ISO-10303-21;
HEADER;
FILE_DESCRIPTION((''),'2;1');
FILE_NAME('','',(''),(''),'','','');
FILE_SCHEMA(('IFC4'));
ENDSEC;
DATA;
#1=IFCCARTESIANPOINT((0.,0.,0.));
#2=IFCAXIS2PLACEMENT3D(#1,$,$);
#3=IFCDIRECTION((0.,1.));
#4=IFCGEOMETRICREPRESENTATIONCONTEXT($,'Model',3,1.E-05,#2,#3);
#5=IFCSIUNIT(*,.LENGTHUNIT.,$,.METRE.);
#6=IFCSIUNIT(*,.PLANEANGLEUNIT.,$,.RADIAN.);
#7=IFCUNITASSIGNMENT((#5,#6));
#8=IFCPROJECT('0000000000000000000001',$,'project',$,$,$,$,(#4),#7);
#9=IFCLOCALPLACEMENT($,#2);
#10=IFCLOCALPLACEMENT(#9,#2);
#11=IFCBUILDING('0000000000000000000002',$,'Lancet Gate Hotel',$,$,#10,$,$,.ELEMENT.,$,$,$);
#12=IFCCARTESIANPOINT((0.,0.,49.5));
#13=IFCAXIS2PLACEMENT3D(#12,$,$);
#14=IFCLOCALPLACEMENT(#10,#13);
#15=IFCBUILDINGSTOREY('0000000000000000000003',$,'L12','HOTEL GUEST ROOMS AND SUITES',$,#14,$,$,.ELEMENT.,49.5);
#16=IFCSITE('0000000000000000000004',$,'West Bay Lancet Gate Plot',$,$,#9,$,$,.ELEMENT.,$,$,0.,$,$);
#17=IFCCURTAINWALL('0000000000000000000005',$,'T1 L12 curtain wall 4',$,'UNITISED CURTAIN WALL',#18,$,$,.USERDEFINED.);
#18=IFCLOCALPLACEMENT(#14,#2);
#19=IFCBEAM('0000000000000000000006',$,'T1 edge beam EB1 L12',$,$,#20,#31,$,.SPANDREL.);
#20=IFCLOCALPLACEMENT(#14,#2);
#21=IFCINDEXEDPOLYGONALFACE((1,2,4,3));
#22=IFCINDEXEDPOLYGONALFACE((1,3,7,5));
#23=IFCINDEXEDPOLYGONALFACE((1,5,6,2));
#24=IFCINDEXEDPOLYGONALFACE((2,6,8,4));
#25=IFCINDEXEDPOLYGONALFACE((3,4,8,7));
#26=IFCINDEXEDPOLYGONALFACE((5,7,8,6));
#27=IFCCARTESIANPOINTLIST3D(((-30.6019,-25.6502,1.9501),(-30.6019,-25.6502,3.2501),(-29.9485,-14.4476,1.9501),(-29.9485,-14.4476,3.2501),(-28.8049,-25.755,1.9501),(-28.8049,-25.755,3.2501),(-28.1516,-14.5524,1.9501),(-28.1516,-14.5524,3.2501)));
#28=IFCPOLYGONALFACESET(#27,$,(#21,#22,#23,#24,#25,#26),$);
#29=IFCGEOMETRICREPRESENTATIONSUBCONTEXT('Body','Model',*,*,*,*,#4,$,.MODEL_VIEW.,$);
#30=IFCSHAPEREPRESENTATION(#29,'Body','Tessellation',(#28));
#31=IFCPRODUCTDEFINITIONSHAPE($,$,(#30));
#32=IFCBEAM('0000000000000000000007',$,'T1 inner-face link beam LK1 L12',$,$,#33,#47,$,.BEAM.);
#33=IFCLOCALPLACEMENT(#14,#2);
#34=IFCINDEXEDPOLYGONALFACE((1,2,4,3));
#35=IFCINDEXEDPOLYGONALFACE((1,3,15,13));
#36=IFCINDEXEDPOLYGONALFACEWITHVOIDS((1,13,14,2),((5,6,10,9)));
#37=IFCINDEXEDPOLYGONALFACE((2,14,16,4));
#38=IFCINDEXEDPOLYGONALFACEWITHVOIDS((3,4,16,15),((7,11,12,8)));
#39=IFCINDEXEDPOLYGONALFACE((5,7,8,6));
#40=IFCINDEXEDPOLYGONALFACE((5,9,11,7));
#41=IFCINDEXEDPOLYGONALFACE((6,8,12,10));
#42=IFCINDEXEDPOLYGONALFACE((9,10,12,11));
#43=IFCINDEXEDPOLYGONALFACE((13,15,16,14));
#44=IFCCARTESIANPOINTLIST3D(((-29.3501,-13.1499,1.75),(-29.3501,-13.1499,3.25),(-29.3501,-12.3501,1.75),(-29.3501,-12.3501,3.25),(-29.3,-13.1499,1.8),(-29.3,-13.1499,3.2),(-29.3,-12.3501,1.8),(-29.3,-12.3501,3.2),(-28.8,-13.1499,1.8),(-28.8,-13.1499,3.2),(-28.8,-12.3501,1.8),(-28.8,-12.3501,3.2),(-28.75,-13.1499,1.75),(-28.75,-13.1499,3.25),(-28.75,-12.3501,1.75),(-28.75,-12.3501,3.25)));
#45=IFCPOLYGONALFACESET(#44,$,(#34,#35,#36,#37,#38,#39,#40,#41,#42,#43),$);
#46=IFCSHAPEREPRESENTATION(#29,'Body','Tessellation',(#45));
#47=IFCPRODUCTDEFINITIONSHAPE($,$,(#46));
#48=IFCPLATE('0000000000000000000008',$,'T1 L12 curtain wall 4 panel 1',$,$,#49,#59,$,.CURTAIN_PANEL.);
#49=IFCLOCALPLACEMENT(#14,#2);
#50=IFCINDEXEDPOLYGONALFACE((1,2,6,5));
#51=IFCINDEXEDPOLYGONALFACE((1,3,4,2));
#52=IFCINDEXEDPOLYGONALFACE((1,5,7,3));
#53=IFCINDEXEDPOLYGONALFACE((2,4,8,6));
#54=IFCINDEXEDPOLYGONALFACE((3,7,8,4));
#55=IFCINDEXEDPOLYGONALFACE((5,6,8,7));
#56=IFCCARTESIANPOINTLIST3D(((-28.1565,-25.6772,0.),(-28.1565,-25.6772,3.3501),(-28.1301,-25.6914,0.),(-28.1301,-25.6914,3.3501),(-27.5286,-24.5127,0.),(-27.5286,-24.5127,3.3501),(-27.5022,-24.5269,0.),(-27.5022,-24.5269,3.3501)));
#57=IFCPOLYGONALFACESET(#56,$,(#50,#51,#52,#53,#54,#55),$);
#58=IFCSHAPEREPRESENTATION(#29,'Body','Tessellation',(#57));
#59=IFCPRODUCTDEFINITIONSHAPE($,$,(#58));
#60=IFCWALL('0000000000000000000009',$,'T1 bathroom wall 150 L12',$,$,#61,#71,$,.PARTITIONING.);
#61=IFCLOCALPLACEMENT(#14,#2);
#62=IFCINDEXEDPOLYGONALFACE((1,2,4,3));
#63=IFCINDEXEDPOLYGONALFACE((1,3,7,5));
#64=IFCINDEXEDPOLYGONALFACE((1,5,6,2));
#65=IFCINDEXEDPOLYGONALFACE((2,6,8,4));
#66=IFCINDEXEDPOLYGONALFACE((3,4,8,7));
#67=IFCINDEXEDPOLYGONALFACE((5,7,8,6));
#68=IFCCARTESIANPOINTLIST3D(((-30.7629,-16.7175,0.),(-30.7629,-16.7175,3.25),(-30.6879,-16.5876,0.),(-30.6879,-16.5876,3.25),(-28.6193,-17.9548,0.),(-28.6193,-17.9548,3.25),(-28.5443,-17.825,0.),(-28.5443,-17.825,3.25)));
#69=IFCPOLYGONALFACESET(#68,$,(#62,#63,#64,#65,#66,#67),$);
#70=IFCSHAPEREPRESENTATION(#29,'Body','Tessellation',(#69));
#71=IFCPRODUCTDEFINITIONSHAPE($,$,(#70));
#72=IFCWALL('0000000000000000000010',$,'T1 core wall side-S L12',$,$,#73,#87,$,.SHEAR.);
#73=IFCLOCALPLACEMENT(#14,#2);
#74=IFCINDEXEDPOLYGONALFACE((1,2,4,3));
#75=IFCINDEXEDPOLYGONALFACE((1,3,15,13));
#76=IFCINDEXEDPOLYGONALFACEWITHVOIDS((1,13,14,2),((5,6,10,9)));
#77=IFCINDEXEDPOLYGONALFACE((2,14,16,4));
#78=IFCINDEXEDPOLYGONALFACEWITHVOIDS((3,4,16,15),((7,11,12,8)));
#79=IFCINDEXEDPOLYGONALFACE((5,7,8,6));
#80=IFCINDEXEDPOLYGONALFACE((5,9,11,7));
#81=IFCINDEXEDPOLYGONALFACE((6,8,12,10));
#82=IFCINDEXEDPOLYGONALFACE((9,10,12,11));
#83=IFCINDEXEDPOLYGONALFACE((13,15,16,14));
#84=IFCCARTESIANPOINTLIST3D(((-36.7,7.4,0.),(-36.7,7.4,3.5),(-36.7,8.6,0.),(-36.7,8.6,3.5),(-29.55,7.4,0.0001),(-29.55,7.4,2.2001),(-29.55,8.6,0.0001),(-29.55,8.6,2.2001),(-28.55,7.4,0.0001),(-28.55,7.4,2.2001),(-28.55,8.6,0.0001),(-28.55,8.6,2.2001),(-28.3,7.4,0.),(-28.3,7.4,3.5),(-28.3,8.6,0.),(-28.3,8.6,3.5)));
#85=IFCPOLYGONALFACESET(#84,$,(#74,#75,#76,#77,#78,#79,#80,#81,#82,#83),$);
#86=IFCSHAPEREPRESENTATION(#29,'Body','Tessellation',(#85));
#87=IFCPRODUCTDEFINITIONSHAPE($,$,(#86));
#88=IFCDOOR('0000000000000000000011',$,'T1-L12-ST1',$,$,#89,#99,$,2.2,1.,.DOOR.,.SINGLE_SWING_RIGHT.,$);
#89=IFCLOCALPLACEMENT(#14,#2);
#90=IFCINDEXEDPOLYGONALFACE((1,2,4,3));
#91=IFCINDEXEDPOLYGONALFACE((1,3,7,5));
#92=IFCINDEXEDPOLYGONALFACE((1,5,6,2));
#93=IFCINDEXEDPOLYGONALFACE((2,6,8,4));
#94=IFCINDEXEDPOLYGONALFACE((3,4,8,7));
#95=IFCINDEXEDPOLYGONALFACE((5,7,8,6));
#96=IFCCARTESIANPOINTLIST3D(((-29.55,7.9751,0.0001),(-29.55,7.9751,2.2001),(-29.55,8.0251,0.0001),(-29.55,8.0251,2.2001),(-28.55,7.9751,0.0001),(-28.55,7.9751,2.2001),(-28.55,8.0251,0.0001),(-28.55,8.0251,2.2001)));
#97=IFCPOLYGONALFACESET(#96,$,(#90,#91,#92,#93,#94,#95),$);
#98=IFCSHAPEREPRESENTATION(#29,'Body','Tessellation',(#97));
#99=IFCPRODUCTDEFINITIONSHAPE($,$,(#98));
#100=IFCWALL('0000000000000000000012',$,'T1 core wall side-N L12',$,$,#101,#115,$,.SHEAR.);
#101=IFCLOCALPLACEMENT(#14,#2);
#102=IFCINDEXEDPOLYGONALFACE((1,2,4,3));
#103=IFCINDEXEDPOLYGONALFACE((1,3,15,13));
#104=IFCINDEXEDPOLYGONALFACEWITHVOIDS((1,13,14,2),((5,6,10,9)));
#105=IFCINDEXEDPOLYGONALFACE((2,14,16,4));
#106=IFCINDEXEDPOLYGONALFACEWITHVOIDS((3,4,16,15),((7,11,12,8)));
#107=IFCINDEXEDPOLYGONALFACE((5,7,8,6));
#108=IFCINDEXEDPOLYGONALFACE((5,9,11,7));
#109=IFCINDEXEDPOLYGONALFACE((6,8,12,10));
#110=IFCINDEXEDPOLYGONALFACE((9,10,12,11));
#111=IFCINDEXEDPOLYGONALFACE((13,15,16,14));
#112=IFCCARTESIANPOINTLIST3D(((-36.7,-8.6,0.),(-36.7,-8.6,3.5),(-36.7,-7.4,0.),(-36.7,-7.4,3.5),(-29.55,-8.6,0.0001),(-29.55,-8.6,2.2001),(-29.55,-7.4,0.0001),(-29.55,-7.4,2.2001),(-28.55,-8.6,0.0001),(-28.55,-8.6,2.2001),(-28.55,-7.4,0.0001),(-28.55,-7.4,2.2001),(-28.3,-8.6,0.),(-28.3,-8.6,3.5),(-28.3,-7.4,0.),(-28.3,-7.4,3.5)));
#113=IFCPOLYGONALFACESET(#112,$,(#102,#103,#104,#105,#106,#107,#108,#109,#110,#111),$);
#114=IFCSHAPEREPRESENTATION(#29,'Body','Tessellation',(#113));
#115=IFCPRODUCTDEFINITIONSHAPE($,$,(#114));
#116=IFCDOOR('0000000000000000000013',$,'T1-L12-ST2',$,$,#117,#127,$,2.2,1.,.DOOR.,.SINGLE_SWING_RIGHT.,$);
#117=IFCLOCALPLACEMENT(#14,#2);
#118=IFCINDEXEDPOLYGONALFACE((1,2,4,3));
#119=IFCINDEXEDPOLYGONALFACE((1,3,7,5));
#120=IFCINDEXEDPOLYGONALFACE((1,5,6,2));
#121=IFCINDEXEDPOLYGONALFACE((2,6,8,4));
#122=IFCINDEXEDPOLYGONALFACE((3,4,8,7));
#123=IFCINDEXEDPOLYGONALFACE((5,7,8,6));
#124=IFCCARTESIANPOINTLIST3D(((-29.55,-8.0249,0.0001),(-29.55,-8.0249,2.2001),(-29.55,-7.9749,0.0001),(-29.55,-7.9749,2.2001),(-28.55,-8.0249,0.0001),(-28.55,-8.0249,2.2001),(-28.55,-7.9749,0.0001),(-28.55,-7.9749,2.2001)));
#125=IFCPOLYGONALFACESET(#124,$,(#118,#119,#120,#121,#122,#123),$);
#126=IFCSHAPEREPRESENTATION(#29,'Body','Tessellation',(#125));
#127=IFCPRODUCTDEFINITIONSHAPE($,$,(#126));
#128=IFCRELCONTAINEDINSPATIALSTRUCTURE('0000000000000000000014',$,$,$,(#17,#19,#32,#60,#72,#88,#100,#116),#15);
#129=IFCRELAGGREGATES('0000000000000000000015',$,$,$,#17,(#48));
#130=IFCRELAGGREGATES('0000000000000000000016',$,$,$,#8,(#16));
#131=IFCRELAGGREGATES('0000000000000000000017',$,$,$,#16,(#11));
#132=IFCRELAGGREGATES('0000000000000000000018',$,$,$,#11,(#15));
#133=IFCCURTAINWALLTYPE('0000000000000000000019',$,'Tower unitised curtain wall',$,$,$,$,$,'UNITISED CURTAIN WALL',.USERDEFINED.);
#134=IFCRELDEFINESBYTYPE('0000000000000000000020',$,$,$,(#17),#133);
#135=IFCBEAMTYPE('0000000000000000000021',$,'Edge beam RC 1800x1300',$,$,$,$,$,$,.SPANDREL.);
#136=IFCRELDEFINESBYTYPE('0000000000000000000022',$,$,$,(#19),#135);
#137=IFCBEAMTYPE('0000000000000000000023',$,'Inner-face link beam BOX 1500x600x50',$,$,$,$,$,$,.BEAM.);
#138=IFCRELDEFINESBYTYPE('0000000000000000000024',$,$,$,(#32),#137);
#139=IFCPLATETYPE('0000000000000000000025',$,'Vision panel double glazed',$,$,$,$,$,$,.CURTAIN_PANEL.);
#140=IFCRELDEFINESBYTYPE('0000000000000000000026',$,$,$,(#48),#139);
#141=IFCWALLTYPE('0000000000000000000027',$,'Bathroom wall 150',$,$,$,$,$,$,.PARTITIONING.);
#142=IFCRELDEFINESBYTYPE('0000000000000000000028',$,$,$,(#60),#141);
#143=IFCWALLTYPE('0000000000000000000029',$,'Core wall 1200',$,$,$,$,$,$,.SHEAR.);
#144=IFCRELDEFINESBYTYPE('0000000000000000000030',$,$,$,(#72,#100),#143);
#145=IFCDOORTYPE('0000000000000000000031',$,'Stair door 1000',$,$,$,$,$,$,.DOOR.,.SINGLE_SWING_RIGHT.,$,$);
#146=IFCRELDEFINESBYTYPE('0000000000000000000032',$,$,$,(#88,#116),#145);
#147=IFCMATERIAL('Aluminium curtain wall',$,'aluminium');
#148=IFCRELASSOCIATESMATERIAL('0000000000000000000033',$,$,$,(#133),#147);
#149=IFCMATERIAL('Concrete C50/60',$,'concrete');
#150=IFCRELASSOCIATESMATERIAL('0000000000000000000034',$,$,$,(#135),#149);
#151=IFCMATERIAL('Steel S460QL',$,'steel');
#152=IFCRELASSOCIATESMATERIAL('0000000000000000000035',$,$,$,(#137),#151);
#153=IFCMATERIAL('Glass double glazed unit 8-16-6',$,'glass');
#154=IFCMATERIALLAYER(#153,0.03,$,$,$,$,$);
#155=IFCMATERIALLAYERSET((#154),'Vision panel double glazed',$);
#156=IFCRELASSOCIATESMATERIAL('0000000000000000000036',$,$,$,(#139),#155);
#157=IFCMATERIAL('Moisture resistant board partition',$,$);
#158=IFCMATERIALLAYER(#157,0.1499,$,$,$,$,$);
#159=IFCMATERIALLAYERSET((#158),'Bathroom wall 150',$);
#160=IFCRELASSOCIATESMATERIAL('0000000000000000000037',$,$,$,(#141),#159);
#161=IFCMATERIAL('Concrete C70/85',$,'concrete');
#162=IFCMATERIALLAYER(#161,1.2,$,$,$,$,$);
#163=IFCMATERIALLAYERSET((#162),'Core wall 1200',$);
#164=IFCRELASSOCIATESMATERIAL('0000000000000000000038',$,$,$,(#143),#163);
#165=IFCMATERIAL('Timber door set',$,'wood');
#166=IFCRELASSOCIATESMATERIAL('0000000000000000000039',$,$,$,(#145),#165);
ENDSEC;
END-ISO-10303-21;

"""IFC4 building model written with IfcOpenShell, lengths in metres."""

from ifc_helpers import new_model, si_unit, direction, frame, frame_2d, origin, origin_2d, place, context, subcontext, project, spatial, rectangle, hollow_rectangle, extrude, material, layer, layer_set, material_profile, profile_set, type_object, element, fill, aggregate, save


model = new_model("IFC4")

# Units and contexts
model_context = context("Model", 3, precision=1e-05, world=origin(), true_north=direction((0.0, 1.0)))
body_context = subcontext(model_context, "Body", "Model", "MODEL_VIEW")
ifc_project = project(units=[si_unit("LENGTHUNIT", "METRE"), si_unit("PLANEANGLEUNIT", "RADIAN")], contexts=[model_context])

# Site, building, storey
site_placement = place(None, origin())
site = spatial("IfcSite", under=ifc_project, at=site_placement, Name="West Bay Lancet Gate Plot", CompositionType="ELEMENT", RefElevation=0.0)
building_placement = place(site_placement, origin())
building = spatial("IfcBuilding", under=site, at=building_placement, Name="Lancet Gate Hotel", CompositionType="ELEMENT")
storey_placement = place(building_placement, frame((0.0, 0.0, 49.5)))
storey = spatial("IfcBuildingStorey", under=building, at=storey_placement, Name="L12", Description="HOTEL GUEST ROOMS AND SUITES", CompositionType="ELEMENT", Elevation=49.5)

# Curtain wall
ifc_material_1 = material(Name="Aluminium curtain wall", Category="aluminium")
curtain_wall_type = type_object("IfcCurtainWallType", Name="Tower unitised curtain wall", ElementType="UNITISED CURTAIN WALL", PredefinedType="USERDEFINED", material=ifc_material_1)
curtain_wall_1_placement = place(storey_placement, origin())
curtain_wall_1 = element("IfcCurtainWall", 1, at=curtain_wall_1_placement, inside=storey, type_object=curtain_wall_type, Name="T1 L12 curtain wall 4", ObjectType="UNITISED CURTAIN WALL", PredefinedType="USERDEFINED")

# Beams
ifc_material_2 = material(Name="Concrete C50/60", Category="concrete")
ifc_material_profile_1 = material_profile(ifc_material_2, rectangle(XDim=1.8, YDim=1.3, at=origin_2d()), Name="RC 1800x1300")
ifc_profile_set_1 = profile_set([ifc_material_profile_1], Name="Concrete C50/60")
beam_type_1 = type_object("IfcBeamType", Name="Edge beam RC 1800x1300", PredefinedType="SPANDREL", material=ifc_profile_set_1)
beam_1_placement = place(storey_placement, frame((-29.05, -14.5, 2.6001), z_axis=(-0.05822, -0.998304, 0.0), x_axis=(0.998304, -0.05822, 0.0)))
element("IfcBeam", 2, at=beam_1_placement, inside=storey, type_object=beam_type_1, Name="T1 edge beam EB1 L12", PredefinedType="SPANDREL", context=body_context, shape_type="SweptSolid", body=[
    extrude(rectangle(XDim=1.8, YDim=1.3, at=origin_2d()), origin(), (0.0, 0.0, 1.0), 11.2217),
])
ifc_material_3 = material(Name="Steel S460QL", Category="steel")
ifc_material_profile_2 = material_profile(ifc_material_3, hollow_rectangle(XDim=0.6001, YDim=1.5, WallThickness=0.05, at=origin_2d()), Name="BOX 1500x600x50")
ifc_profile_set_2 = profile_set([ifc_material_profile_2], Name="Steel S460QL")
beam_type_2 = type_object("IfcBeamType", Name="Inner-face link beam BOX 1500x600x50", PredefinedType="BEAM", material=ifc_profile_set_2)
beam_2_placement = place(storey_placement, frame((-29.05, -12.3501, 2.5), z_axis=(0.0, -1.0, 0.0), x_axis=(1.0, 0.0, 0.0)))
element("IfcBeam", 3, at=beam_2_placement, inside=storey, type_object=beam_type_2, Name="T1 inner-face link beam LK1 L12", PredefinedType="BEAM", context=body_context, shape_type="SweptSolid", body=[
    extrude(hollow_rectangle(XDim=0.6001, YDim=1.5, WallThickness=0.05, at=origin_2d()), origin(), (0.0, 0.0, 1.0), 0.7998),
])

# Plate
ifc_material_4 = material(Name="Glass double glazed unit 8-16-6", Category="glass")
ifc_layer_1 = layer(ifc_material_4, 0.03)
ifc_layer_set_1 = layer_set([ifc_layer_1], Name="Vision panel double glazed")
plate_type = type_object("IfcPlateType", Name="Vision panel double glazed", PredefinedType="CURTAIN_PANEL", material=ifc_layer_set_1)
plate_placement = place(storey_placement, frame((-27.8293, -25.1021, 0.0), z_axis=(0.0, 0.0, 1.0), x_axis=(0.474631, 0.880185, 0.0)))
plate = element("IfcPlate", 4, at=plate_placement, type_object=plate_type, Name="T1 L12 curtain wall 4 panel 1", PredefinedType="CURTAIN_PANEL", context=body_context, shape_type="SweptSolid", body=[
    extrude(rectangle(XDim=1.323, YDim=0.03, at=origin_2d()), origin(), (0.0, 0.0, 1.0), 3.3501),
])
aggregate(curtain_wall_1, [plate])

# Wall
ifc_material_5 = material(Name="Moisture resistant board partition")
ifc_layer_2 = layer(ifc_material_5, 0.1499)
ifc_layer_set_2 = layer_set([ifc_layer_2], Name="Bathroom wall 150")
wall_type_1 = type_object("IfcWallType", Name="Bathroom wall 150", PredefinedType="PARTITIONING", material=ifc_layer_set_2)
wall_1_placement = place(storey_placement, frame((-28.5818, -17.8899, 0.0), z_axis=(0.0, 0.0, 1.0), x_axis=(-0.866074, 0.499916, 0.0)))
element("IfcWall", 5, at=wall_1_placement, inside=storey, type_object=wall_type_1, Name="T1 bathroom wall 150 L12", PredefinedType="PARTITIONING", context=body_context, shape_type="SweptSolid", body=[
    extrude(rectangle(XDim=2.4751, YDim=0.1499, at=frame_2d((1.2375, 0.0))), origin(), (0.0, 0.0, 1.0), 3.25),
])

# Walls, openings, doors
ifc_material_6 = material(Name="Concrete C70/85", Category="concrete")
ifc_layer_3 = layer(ifc_material_6, 1.2)
ifc_layer_set_3 = layer_set([ifc_layer_3], Name="Core wall 1200")
wall_type_2 = type_object("IfcWallType", Name="Core wall 1200", PredefinedType="SHEAR", material=ifc_layer_set_3)
wall_2_placement = place(storey_placement, frame((-28.3, 8.0, 0.0), z_axis=(0.0, 0.0, 1.0), x_axis=(-1.0, 0.0, 0.0)))
wall_2 = element("IfcWall", 6, at=wall_2_placement, inside=storey, type_object=wall_type_2, Name="T1 core wall side-S L12", PredefinedType="SHEAR", context=body_context, shape_type="SweptSolid", body=[
    extrude(rectangle(XDim=8.3999, YDim=1.2, at=frame_2d((4.2, 0.0))), origin(), (0.0, 0.0, 1.0), 3.5),
])
opening_1_placement = place(wall_2_placement, frame((0.25, 0.0, 0.0)))
opening_1 = element("IfcOpeningElement", 7, at=opening_1_placement, cuts=wall_2, PredefinedType="OPENING", context=body_context, shape_type="SweptSolid", body=[
    extrude(rectangle(XDim=1.0, YDim=2.2, at=frame_2d((0.5, 1.1001))), frame((0.0, 0.6099, 0.0), z_axis=(0.0, -1.0, 0.0), x_axis=(1.0, 0.0, 0.0)), (0.0, 0.0, 1.0), 1.22),
])
ifc_material_7 = material(Name="Timber door set", Category="wood")
door_type_1 = type_object("IfcDoorType", Name="Stair door 1000", OperationType="SINGLE_SWING_RIGHT", PredefinedType="DOOR", material=ifc_material_7)
door_1_placement = place(opening_1_placement, origin())
door_1 = element("IfcDoor", 8, at=door_1_placement, inside=storey, type_object=door_type_1, Name="T1-L12-ST1", OperationType="SINGLE_SWING_RIGHT", OverallHeight=2.2, OverallWidth=1.0, PredefinedType="DOOR", context=body_context, shape_type="SweptSolid", body=[
    extrude(rectangle(XDim=1.0, YDim=2.2, at=frame_2d((0.5, 1.1001))), frame((0.0, 0.0249, 0.0), z_axis=(0.0, -1.0, 0.0), x_axis=(1.0, 0.0, 0.0)), (0.0, 0.0, 1.0), 0.05),
])
fill(opening_1, door_1)
wall_3_placement = place(storey_placement, frame((-28.3, -8.0, 0.0), z_axis=(0.0, 0.0, 1.0), x_axis=(-1.0, 0.0, 0.0)))
wall_3 = element("IfcWall", 9, at=wall_3_placement, inside=storey, type_object=wall_type_2, Name="T1 core wall side-N L12", PredefinedType="SHEAR", context=body_context, shape_type="SweptSolid", body=[
    extrude(rectangle(XDim=8.3999, YDim=1.2, at=frame_2d((4.2, 0.0))), origin(), (0.0, 0.0, 1.0), 3.5),
])
opening_2_placement = place(wall_3_placement, frame((0.25, 0.0, 0.0)))
opening_2 = element("IfcOpeningElement", 10, at=opening_2_placement, cuts=wall_3, PredefinedType="OPENING", context=body_context, shape_type="SweptSolid", body=[
    extrude(rectangle(XDim=1.0, YDim=2.2, at=frame_2d((0.5, 1.1001))), frame((0.0, 0.6099, 0.0), z_axis=(0.0, -1.0, 0.0), x_axis=(1.0, 0.0, 0.0)), (0.0, 0.0, 1.0), 1.22),
])
door_2_placement = place(opening_2_placement, origin())
door_2 = element("IfcDoor", 11, at=door_2_placement, inside=storey, type_object=door_type_1, Name="T1-L12-ST2", OperationType="SINGLE_SWING_RIGHT", OverallHeight=2.2, OverallWidth=1.0, PredefinedType="DOOR", context=body_context, shape_type="SweptSolid", body=[
    extrude(rectangle(XDim=1.0, YDim=2.2, at=frame_2d((0.5, 1.1001))), frame((0.0, 0.0249, 0.0), z_axis=(0.0, -1.0, 0.0), x_axis=(1.0, 0.0, 0.0)), (0.0, 0.0, 1.0), 0.05),
])
fill(opening_2, door_2)

save(model, "model.ifc")
